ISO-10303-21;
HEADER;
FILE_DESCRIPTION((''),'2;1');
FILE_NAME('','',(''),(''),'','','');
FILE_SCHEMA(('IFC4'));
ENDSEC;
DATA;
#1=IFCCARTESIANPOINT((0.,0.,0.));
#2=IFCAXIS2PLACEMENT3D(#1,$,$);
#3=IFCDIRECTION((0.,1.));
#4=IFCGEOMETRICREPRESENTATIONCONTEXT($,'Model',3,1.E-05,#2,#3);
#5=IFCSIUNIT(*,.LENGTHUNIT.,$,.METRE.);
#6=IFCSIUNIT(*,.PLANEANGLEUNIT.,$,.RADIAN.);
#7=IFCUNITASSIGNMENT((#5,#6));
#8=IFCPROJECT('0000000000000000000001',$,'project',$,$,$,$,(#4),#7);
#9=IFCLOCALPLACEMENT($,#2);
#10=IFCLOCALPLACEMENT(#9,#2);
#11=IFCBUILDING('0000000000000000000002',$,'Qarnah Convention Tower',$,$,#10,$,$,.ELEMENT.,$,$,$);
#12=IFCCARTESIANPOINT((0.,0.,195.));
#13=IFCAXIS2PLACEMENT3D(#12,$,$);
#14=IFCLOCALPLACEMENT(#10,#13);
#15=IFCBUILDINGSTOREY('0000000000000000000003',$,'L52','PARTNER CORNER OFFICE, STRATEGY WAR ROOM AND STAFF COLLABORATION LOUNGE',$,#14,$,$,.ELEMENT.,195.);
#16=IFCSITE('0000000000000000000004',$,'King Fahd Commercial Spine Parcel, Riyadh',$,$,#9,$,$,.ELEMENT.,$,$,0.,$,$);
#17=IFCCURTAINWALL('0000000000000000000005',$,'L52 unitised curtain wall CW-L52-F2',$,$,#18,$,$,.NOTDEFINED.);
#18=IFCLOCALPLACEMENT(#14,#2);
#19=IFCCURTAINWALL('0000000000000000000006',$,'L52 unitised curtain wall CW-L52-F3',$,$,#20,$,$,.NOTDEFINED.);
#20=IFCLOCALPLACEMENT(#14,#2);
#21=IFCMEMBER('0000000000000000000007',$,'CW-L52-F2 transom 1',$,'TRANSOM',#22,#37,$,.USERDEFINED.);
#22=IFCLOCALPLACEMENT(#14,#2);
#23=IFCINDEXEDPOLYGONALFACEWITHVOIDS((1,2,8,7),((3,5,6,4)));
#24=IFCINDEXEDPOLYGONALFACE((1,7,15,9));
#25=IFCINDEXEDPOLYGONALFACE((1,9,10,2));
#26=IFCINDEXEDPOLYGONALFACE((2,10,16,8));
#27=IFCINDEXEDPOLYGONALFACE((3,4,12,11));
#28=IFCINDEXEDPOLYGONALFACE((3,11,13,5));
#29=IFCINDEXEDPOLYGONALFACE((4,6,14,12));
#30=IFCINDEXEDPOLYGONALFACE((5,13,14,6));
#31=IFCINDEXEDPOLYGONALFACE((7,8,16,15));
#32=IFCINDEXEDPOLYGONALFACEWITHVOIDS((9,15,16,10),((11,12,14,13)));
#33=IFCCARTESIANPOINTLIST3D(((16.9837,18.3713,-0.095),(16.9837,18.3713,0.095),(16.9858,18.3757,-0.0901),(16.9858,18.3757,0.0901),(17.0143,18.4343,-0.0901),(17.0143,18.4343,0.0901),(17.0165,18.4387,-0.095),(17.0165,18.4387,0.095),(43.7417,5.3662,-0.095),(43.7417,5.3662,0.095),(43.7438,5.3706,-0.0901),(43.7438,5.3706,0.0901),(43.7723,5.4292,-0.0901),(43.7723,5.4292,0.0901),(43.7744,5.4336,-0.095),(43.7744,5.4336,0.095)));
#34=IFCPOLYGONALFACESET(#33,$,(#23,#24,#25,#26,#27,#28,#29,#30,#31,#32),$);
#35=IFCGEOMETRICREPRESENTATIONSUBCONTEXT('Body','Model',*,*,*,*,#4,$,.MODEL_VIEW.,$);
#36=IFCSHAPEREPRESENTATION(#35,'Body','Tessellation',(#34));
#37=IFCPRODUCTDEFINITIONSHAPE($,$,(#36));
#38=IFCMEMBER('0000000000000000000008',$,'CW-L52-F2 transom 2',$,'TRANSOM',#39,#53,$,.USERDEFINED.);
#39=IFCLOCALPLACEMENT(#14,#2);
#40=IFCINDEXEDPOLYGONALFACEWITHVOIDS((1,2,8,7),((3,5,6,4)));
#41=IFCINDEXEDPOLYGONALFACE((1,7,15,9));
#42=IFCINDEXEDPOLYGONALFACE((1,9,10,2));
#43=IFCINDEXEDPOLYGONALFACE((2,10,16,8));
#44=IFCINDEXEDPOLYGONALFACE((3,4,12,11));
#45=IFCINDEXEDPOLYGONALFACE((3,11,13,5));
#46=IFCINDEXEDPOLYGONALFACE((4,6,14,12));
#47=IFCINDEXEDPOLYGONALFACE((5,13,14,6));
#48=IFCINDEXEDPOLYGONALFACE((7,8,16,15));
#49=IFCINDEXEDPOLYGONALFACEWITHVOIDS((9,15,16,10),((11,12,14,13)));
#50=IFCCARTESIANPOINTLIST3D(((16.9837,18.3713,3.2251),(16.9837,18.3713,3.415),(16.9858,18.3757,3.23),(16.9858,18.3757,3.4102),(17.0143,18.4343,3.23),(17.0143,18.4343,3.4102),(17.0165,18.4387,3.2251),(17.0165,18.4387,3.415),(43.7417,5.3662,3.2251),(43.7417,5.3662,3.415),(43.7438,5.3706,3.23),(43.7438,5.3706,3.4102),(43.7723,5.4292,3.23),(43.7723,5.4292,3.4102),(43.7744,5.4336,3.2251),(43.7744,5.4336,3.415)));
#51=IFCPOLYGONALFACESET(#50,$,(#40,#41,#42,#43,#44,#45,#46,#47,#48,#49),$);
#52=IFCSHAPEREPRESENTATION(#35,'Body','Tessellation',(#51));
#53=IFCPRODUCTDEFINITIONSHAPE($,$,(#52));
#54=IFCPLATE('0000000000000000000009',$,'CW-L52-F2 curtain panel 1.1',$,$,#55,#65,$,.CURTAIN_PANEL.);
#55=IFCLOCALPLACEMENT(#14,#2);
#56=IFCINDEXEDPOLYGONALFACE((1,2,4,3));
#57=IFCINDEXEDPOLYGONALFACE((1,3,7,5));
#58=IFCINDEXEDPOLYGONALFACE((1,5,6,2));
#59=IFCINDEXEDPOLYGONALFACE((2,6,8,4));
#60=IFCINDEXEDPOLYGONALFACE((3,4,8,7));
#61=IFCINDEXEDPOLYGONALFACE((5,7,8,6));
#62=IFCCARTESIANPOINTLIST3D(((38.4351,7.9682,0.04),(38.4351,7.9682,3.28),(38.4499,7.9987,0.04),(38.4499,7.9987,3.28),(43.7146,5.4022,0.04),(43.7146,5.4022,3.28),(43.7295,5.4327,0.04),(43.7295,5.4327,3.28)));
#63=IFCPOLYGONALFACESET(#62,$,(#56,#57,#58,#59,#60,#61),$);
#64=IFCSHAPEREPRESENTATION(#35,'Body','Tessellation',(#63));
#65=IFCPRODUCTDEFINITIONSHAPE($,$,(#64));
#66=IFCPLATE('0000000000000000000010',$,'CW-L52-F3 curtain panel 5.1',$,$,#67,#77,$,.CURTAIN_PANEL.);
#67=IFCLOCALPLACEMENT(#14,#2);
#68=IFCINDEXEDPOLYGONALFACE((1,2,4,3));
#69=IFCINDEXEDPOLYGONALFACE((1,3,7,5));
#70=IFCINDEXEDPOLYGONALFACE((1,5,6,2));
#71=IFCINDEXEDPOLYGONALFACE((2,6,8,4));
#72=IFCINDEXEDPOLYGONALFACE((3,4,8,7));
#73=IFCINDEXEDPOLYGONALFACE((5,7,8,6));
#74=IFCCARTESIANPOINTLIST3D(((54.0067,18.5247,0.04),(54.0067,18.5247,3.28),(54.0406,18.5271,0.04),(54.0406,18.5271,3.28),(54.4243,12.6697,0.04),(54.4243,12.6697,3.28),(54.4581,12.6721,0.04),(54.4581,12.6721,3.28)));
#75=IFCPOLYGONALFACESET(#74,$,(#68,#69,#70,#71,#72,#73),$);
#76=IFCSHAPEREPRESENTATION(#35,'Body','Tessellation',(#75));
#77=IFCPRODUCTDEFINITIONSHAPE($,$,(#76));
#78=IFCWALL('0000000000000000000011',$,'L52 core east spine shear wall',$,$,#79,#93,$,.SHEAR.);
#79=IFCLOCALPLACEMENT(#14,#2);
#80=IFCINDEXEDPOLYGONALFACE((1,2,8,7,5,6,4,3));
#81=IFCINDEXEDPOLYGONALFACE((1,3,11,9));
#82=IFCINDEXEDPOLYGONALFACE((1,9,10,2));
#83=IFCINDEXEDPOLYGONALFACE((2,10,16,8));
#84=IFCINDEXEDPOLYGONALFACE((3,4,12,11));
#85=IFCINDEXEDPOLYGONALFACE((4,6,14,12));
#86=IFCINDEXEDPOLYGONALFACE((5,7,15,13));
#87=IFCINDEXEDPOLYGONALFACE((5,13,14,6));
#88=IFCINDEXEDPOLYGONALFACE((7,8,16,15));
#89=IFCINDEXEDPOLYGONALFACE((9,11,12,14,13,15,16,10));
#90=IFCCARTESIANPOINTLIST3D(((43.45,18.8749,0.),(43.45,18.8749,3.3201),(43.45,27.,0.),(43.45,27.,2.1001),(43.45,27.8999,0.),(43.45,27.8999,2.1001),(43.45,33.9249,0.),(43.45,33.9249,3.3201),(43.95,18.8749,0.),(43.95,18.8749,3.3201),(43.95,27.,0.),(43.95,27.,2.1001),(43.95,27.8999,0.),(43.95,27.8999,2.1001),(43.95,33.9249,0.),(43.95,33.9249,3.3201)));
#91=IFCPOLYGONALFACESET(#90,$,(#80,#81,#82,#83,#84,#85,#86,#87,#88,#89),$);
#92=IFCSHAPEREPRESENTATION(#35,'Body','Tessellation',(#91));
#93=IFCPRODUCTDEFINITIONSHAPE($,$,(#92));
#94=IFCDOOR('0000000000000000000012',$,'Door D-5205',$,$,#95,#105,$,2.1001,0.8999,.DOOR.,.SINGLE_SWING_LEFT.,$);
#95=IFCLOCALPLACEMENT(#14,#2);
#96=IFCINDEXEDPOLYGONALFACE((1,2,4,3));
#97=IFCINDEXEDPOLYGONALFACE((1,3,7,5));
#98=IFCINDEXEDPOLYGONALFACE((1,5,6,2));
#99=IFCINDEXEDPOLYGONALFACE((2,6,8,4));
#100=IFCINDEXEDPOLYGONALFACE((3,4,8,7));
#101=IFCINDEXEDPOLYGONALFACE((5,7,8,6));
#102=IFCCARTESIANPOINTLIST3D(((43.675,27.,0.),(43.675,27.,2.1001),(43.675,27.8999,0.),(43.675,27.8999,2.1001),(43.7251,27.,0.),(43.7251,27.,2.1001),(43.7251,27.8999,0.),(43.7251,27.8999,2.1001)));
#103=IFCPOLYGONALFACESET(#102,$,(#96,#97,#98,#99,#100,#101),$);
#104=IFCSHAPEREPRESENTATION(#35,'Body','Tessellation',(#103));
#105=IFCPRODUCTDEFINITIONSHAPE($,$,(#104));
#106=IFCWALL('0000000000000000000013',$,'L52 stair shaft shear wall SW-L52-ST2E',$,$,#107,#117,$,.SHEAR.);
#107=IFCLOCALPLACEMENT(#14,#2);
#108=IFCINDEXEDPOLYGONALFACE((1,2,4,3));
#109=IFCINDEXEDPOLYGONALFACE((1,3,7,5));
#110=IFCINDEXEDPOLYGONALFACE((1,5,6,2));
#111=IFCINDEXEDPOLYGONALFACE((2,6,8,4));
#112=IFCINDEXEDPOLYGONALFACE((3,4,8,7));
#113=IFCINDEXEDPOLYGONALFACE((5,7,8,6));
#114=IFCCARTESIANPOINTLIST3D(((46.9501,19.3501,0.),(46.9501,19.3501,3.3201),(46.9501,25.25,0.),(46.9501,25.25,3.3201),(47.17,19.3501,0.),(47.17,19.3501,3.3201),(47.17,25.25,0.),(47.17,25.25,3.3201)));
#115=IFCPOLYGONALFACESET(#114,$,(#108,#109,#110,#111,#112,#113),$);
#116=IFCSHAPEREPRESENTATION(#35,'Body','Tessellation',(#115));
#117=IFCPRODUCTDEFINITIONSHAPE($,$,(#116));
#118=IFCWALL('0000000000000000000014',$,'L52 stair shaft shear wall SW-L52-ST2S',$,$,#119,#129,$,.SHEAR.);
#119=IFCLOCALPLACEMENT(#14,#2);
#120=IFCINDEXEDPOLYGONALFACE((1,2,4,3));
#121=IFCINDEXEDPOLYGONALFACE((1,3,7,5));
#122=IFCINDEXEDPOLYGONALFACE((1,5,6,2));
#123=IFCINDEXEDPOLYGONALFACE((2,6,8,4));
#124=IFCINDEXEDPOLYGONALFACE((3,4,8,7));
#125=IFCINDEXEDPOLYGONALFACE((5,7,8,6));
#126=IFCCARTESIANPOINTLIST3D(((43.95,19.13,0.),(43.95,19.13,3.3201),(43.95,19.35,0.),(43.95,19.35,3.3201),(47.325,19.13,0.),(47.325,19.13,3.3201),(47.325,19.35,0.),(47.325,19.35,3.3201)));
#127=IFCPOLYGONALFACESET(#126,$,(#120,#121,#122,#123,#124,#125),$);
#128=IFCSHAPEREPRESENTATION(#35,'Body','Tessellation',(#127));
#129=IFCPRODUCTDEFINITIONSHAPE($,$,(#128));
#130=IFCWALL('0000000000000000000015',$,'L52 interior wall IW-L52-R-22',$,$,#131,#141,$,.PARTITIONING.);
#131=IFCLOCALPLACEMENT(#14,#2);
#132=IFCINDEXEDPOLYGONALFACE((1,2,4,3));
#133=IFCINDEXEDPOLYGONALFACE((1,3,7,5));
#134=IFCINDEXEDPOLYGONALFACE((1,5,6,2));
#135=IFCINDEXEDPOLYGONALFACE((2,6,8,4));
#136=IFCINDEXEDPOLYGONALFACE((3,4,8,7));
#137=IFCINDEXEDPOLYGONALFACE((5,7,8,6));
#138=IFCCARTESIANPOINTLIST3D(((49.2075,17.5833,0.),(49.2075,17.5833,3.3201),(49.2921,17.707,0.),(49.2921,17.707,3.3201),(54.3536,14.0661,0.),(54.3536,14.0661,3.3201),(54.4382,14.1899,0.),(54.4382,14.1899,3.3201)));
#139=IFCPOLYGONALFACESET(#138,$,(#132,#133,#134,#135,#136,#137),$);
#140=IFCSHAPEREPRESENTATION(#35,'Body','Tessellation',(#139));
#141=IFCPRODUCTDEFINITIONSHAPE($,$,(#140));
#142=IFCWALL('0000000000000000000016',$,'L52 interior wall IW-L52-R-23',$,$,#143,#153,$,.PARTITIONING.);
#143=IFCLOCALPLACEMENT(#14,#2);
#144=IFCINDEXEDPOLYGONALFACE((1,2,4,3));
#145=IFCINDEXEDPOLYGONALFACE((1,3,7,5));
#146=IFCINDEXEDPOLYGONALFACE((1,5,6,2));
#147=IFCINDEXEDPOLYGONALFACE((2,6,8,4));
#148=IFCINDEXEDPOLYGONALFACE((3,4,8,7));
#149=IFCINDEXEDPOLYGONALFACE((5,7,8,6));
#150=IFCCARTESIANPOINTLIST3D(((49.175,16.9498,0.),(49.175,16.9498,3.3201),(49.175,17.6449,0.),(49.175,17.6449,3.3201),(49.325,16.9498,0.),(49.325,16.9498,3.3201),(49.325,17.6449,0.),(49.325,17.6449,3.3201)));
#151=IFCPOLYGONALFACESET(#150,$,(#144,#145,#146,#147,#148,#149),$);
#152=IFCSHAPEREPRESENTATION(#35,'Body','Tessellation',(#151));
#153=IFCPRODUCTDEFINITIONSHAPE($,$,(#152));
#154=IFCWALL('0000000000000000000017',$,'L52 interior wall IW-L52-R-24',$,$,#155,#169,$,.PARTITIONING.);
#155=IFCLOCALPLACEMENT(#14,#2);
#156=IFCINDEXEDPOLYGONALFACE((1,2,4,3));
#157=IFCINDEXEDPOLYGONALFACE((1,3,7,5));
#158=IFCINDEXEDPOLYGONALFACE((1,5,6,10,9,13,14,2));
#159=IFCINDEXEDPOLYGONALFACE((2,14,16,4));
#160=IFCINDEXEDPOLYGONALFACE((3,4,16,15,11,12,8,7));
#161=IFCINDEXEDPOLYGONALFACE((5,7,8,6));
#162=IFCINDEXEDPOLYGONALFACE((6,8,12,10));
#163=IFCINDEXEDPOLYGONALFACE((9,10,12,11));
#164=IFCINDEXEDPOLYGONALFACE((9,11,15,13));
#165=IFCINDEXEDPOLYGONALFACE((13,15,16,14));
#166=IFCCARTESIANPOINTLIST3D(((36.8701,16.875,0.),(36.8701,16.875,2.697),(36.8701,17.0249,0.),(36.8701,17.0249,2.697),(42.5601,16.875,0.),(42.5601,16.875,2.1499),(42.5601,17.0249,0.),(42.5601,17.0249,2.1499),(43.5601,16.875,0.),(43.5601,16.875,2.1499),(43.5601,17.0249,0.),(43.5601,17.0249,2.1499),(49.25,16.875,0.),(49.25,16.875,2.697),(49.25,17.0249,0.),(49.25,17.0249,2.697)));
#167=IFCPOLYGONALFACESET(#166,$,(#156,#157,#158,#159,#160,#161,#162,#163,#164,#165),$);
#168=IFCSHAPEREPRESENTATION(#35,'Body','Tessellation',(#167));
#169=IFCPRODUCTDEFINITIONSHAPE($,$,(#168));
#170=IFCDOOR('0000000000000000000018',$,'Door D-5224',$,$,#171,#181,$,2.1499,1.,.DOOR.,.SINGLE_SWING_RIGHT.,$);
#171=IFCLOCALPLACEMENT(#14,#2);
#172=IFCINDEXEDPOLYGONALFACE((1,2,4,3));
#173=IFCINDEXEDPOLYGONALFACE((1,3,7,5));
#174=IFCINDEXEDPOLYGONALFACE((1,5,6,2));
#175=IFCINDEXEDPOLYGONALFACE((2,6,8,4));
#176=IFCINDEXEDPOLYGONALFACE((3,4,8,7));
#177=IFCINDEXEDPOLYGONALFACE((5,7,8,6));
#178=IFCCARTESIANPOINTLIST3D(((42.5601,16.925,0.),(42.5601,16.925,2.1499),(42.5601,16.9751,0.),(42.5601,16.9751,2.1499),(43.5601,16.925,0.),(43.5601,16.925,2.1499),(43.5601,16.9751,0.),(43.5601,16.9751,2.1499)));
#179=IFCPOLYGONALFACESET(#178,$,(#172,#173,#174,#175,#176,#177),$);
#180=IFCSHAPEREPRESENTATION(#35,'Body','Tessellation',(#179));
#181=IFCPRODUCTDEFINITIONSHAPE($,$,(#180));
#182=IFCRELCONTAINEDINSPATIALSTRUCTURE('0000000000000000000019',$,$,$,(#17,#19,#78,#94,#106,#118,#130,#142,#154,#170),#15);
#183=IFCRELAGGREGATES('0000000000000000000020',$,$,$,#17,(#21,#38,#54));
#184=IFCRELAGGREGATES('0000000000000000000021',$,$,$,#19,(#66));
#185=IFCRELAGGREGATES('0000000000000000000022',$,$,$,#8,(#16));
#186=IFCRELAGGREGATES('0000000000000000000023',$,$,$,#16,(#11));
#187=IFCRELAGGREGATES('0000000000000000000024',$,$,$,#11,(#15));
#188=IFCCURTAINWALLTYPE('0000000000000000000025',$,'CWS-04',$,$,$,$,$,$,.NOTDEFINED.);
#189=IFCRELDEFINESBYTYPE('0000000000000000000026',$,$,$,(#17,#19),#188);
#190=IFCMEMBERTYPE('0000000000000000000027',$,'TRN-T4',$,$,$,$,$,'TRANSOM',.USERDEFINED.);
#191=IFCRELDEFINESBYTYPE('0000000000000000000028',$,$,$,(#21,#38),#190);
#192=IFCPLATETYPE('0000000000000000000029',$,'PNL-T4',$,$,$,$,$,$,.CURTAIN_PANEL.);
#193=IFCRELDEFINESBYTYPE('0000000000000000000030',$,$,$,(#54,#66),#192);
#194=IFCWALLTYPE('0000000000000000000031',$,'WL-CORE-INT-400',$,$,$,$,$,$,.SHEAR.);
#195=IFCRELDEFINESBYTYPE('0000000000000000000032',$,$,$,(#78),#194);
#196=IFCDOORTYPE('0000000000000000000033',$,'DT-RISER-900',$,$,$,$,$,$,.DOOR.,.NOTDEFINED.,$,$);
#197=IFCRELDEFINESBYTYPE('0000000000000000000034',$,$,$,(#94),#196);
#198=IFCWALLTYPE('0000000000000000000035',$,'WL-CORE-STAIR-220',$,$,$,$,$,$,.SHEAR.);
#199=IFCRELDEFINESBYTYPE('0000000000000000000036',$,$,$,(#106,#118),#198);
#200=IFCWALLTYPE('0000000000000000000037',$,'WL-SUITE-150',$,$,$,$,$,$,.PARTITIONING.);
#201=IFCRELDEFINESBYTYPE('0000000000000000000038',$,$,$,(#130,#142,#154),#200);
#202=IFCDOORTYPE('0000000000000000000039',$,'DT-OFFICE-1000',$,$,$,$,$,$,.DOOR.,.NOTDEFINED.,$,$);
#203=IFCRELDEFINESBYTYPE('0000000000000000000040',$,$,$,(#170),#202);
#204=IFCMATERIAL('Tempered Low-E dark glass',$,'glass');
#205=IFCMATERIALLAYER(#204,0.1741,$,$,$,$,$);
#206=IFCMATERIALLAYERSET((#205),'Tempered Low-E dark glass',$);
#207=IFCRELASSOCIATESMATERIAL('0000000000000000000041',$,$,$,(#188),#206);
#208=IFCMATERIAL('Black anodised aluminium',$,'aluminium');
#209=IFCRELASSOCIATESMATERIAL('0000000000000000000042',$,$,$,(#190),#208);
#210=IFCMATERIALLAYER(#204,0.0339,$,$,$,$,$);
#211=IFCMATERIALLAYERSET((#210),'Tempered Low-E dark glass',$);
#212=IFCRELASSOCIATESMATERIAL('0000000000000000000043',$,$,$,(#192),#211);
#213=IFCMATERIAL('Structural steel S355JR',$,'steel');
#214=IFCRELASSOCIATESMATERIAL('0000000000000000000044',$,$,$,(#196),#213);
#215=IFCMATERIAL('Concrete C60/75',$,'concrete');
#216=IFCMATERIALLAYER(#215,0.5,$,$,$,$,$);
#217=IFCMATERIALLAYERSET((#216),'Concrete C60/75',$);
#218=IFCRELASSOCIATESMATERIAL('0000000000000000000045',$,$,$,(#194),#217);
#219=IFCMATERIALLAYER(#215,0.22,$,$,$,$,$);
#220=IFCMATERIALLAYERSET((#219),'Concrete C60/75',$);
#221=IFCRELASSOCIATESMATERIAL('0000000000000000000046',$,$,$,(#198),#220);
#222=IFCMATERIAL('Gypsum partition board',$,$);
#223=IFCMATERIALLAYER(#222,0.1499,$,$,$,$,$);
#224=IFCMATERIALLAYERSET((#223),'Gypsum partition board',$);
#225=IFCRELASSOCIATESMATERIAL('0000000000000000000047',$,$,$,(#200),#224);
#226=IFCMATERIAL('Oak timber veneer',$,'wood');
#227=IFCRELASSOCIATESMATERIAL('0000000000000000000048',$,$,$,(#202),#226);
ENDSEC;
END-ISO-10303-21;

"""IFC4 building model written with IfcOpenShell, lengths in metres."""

from ifc_helpers import new_model, si_unit, direction, frame, frame_2d, origin, origin_2d, place, context, subcontext, project, spatial, rectangle, hollow_rectangle, extrude, material, layer, layer_set, material_profile, profile_set, type_object, element, fill, aggregate, save


model = new_model("IFC4")

# Units and contexts
model_context = context("Model", 3, precision=1e-05, world=origin(), true_north=direction((0.0, 1.0)))
body_context = subcontext(model_context, "Body", "Model", "MODEL_VIEW")
ifc_project = project(units=[si_unit("LENGTHUNIT", "METRE"), si_unit("PLANEANGLEUNIT", "RADIAN")], contexts=[model_context])

# Site, building, storey
site_placement = place(None, origin())
site = spatial("IfcSite", under=ifc_project, at=site_placement, Name="King Fahd Commercial Spine Parcel, Riyadh", CompositionType="ELEMENT", RefElevation=0.0)
building_placement = place(site_placement, origin())
building = spatial("IfcBuilding", under=site, at=building_placement, Name="Qarnah Convention Tower", CompositionType="ELEMENT")
storey_placement = place(building_placement, frame((0.0, 0.0, 195.0)))
storey = spatial("IfcBuildingStorey", under=building, at=storey_placement, Name="L52", Description="PARTNER CORNER OFFICE, STRATEGY WAR ROOM AND STAFF COLLABORATION LOUNGE", CompositionType="ELEMENT", Elevation=195.0)

# Shared definitions
ifc_material_1 = material(Name="Structural steel S355JR", Category="steel")

# Curtain walls
ifc_material_2 = material(Name="Tempered Low-E dark glass", Category="glass")
ifc_layer_1 = layer(ifc_material_2, 0.1741)
ifc_layer_set_1 = layer_set([ifc_layer_1], Name="Tempered Low-E dark glass")
curtain_wall_type = type_object("IfcCurtainWallType", Name="CWS-04", PredefinedType="NOTDEFINED", material=ifc_layer_set_1)
curtain_wall_1_placement = place(storey_placement, origin())
curtain_wall_1 = element("IfcCurtainWall", 1, at=curtain_wall_1_placement, inside=storey, type_object=curtain_wall_type, Name="L52 unitised curtain wall CW-L52-F2", PredefinedType="NOTDEFINED")
ifc_material_3 = material(Name="Black anodised aluminium", Category="aluminium")
curtain_wall_2_placement = place(storey_placement, origin())
curtain_wall_2 = element("IfcCurtainWall", 2, at=curtain_wall_2_placement, inside=storey, type_object=curtain_wall_type, Name="L52 unitised curtain wall CW-L52-F3", PredefinedType="NOTDEFINED")

# Members
ifc_material_profile_1 = material_profile(ifc_material_3, hollow_rectangle(XDim=0.075, YDim=0.1899, WallThickness=0.0049, at=origin_2d()), Name="TRN-75X190")
ifc_profile_set_1 = profile_set([ifc_material_profile_1], Name="Black anodised aluminium")
member_type_1 = type_object("IfcMemberType", Name="TRN-T4", ElementType="TRANSOM", PredefinedType="USERDEFINED", material=ifc_profile_set_1)
member_1_placement = place(storey_placement, frame((43.7581, 5.3999, 0.0), z_axis=(-0.899398, 0.437131, 0.0), x_axis=(-0.437131, -0.899398, 0.0)))
member_1 = element("IfcMember", 3, at=member_1_placement, type_object=member_type_1, Name="CW-L52-F2 transom 1", ObjectType="TRANSOM", PredefinedType="USERDEFINED", context=body_context, shape_type="SweptSolid", body=[
    extrude(hollow_rectangle(XDim=0.075, YDim=0.1899, WallThickness=0.0049, at=origin_2d()), origin(), (0.0, 0.0, 1.0), 29.751),
])
member_2_placement = place(storey_placement, frame((43.7581, 5.3999, 3.3201), z_axis=(-0.899398, 0.437131, 0.0), x_axis=(-0.437131, -0.899398, 0.0)))
member_2 = element("IfcMember", 4, at=member_2_placement, type_object=member_type_1, Name="CW-L52-F2 transom 2", ObjectType="TRANSOM", PredefinedType="USERDEFINED", context=body_context, shape_type="SweptSolid", body=[
    extrude(hollow_rectangle(XDim=0.075, YDim=0.1899, WallThickness=0.0049, at=origin_2d()), origin(), (0.0, 0.0, 1.0), 29.751),
])

# Plates
ifc_layer_2 = layer(ifc_material_2, 0.0339)
ifc_layer_set_2 = layer_set([ifc_layer_2], Name="Tempered Low-E dark glass")
plate_type = type_object("IfcPlateType", Name="PNL-T4", PredefinedType="CURTAIN_PANEL", material=ifc_layer_set_2)
plate_1_placement = place(storey_placement, frame((41.0823, 6.7004, 0.04), z_axis=(0.0, 0.0, 1.0), x_axis=(-0.899399, 0.437129, 0.0)))
plate_1 = element("IfcPlate", 5, at=plate_1_placement, type_object=plate_type, Name="CW-L52-F2 curtain panel 1.1", PredefinedType="CURTAIN_PANEL", context=body_context, shape_type="SweptSolid", body=[
    extrude(rectangle(XDim=5.8701, YDim=0.0339, at=origin_2d()), origin(), (0.0, 0.0, 1.0), 3.24),
])
aggregate(curtain_wall_1, [member_1, member_2, plate_1])
plate_2_placement = place(storey_placement, frame((54.2324, 15.5984, 0.04), z_axis=(0.0, 0.0, 1.0), x_axis=(0.071128, -0.997467, 0.0)))
plate_2 = element("IfcPlate", 6, at=plate_2_placement, type_object=plate_type, Name="CW-L52-F3 curtain panel 5.1", PredefinedType="CURTAIN_PANEL", context=body_context, shape_type="SweptSolid", body=[
    extrude(rectangle(XDim=5.8699, YDim=0.0339, at=origin_2d()), origin(), (0.0, 0.0, 1.0), 3.24),
])
aggregate(curtain_wall_2, [plate_2])

# Shared definitions
ifc_material_4 = material(Name="Concrete C60/75", Category="concrete")
door_type_1 = type_object("IfcDoorType", Name="DT-RISER-900", OperationType="NOTDEFINED", PredefinedType="DOOR", material=ifc_material_1)

# Wall, opening, door
ifc_layer_3 = layer(ifc_material_4, 0.5)
ifc_layer_set_3 = layer_set([ifc_layer_3], Name="Concrete C60/75")
wall_type_1 = type_object("IfcWallType", Name="WL-CORE-INT-400", PredefinedType="SHEAR", material=ifc_layer_set_3)
wall_1_placement = place(storey_placement, frame((43.7, 18.875, 0.0), z_axis=(0.0, 0.0, 1.0), x_axis=(0.0, 1.0, 0.0)))
wall_1 = element("IfcWall", 7, at=wall_1_placement, inside=storey, type_object=wall_type_1, Name="L52 core east spine shear wall", PredefinedType="SHEAR", context=body_context, shape_type="SweptSolid", body=[
    extrude(rectangle(XDim=15.05, YDim=0.5, at=frame_2d((7.5249, 0.0))), origin(), (0.0, 0.0, 1.0), 3.3201),
])
opening_1_placement = place(wall_1_placement, frame((8.125, 0.0, 0.0)))
opening_1 = element("IfcOpeningElement", 8, at=opening_1_placement, cuts=wall_1, PredefinedType="OPENING", context=body_context, shape_type="SweptSolid", body=[
    extrude(rectangle(XDim=0.8999, YDim=2.1001, at=frame_2d((0.45, 1.05))), frame((0.0, 0.26, 0.0), z_axis=(0.0, -1.0, 0.0), x_axis=(1.0, 0.0, 0.0)), (0.0, 0.0, 1.0), 0.52),
])
door_1_placement = place(opening_1_placement, origin())
door_1 = element("IfcDoor", 9, at=door_1_placement, inside=storey, type_object=door_type_1, Name="Door D-5205", OperationType="SINGLE_SWING_LEFT", OverallHeight=2.1001, OverallWidth=0.8999, PredefinedType="DOOR", context=body_context, shape_type="SweptSolid", body=[
    extrude(rectangle(XDim=0.8999, YDim=2.1001, at=frame_2d((0.45, 1.05))), frame((0.0, 0.0249, 0.0), z_axis=(0.0, -1.0, 0.0), x_axis=(1.0, 0.0, 0.0)), (0.0, 0.0, 1.0), 0.05),
])
fill(opening_1, door_1)

# Walls
ifc_layer_4 = layer(ifc_material_4, 0.22)
ifc_layer_set_4 = layer_set([ifc_layer_4], Name="Concrete C60/75")
wall_type_2 = type_object("IfcWallType", Name="WL-CORE-STAIR-220", PredefinedType="SHEAR", material=ifc_layer_set_4)
wall_2_placement = place(storey_placement, frame((47.0601, 19.3501, 0.0), z_axis=(0.0, 0.0, 1.0), x_axis=(0.0, 1.0, 0.0)))
element("IfcWall", 10, at=wall_2_placement, inside=storey, type_object=wall_type_2, Name="L52 stair shaft shear wall SW-L52-ST2E", PredefinedType="SHEAR", context=body_context, shape_type="SweptSolid", body=[
    extrude(rectangle(XDim=5.8999, YDim=0.22, at=frame_2d((2.95, 0.0))), origin(), (0.0, 0.0, 1.0), 3.3201),
])
wall_3_placement = place(storey_placement, frame((43.95, 19.24, 0.0), z_axis=(0.0, 0.0, 1.0), x_axis=(1.0, 0.0, 0.0)))
element("IfcWall", 11, at=wall_3_placement, inside=storey, type_object=wall_type_2, Name="L52 stair shaft shear wall SW-L52-ST2S", PredefinedType="SHEAR", context=body_context, shape_type="SweptSolid", body=[
    extrude(rectangle(XDim=3.375, YDim=0.22, at=frame_2d((1.6875, 0.0))), origin(), (0.0, 0.0, 1.0), 3.3201),
])

# Walls
ifc_material_5 = material(Name="Gypsum partition board")
ifc_layer_5 = layer(ifc_material_5, 0.1499)
ifc_layer_set_5 = layer_set([ifc_layer_5], Name="Gypsum partition board")
wall_type_3 = type_object("IfcWallType", Name="WL-SUITE-150", PredefinedType="PARTITIONING", material=ifc_layer_set_5)
wall_4_placement = place(storey_placement, frame((54.396, 14.1279, 0.0), z_axis=(0.0, 0.0, 1.0), x_axis=(-0.825595, 0.564263, 0.0)))
element("IfcWall", 12, at=wall_4_placement, inside=storey, type_object=wall_type_3, Name="L52 interior wall IW-L52-R-22", PredefinedType="PARTITIONING", context=body_context, shape_type="SweptSolid", body=[
    extrude(rectangle(XDim=6.2332, YDim=0.1499, at=frame_2d((3.1167, 0.0))), origin(), (0.0, 0.0, 1.0), 3.3201),
])
wall_5_placement = place(storey_placement, frame((49.25, 17.645, 0.0), z_axis=(0.0, 0.0, 1.0), x_axis=(0.0, -1.0, 0.0)))
element("IfcWall", 13, at=wall_5_placement, inside=storey, type_object=wall_type_3, Name="L52 interior wall IW-L52-R-23", PredefinedType="PARTITIONING", context=body_context, shape_type="SweptSolid", body=[
    extrude(rectangle(XDim=0.6951, YDim=0.1499, at=frame_2d((0.3477, 0.0))), origin(), (0.0, 0.0, 1.0), 3.3201),
])

# Wall, opening, door
wall_6_placement = place(storey_placement, frame((49.25, 16.95, 0.0), z_axis=(0.0, 0.0, 1.0), x_axis=(-1.0, 0.0, 0.0)))
wall_6 = element("IfcWall", 14, at=wall_6_placement, inside=storey, type_object=wall_type_3, Name="L52 interior wall IW-L52-R-24", PredefinedType="PARTITIONING", context=body_context, shape_type="SweptSolid", body=[
    extrude(rectangle(XDim=12.3799, YDim=0.1499, at=frame_2d((6.1899, 0.0))), origin(), (0.0, 0.0, 1.0), 2.697),
])
opening_2_placement = place(wall_6_placement, frame((5.6899, 0.0, 0.0)))
opening_2 = element("IfcOpeningElement", 15, at=opening_2_placement, cuts=wall_6, PredefinedType="OPENING", context=body_context, shape_type="SweptSolid", body=[
    extrude(rectangle(XDim=1.0, YDim=2.1499, at=frame_2d((0.5, 1.075))), frame((0.0, 0.085, 0.0), z_axis=(0.0, -1.0, 0.0), x_axis=(1.0, 0.0, 0.0)), (0.0, 0.0, 1.0), 0.1699),
])
ifc_material_6 = material(Name="Oak timber veneer", Category="wood")
door_type_2 = type_object("IfcDoorType", Name="DT-OFFICE-1000", OperationType="NOTDEFINED", PredefinedType="DOOR", material=ifc_material_6)
door_2_placement = place(opening_2_placement, origin())
door_2 = element("IfcDoor", 16, at=door_2_placement, inside=storey, type_object=door_type_2, Name="Door D-5224", OperationType="SINGLE_SWING_RIGHT", OverallHeight=2.1499, OverallWidth=1.0, PredefinedType="DOOR", context=body_context, shape_type="SweptSolid", body=[
    extrude(rectangle(XDim=1.0, YDim=2.1499, at=frame_2d((0.5, 1.075))), frame((0.0, 0.0249, 0.0), z_axis=(0.0, -1.0, 0.0), x_axis=(1.0, 0.0, 0.0)), (0.0, 0.0, 1.0), 0.05),
])
fill(opening_2, door_2)

save(model, "model.ifc")
